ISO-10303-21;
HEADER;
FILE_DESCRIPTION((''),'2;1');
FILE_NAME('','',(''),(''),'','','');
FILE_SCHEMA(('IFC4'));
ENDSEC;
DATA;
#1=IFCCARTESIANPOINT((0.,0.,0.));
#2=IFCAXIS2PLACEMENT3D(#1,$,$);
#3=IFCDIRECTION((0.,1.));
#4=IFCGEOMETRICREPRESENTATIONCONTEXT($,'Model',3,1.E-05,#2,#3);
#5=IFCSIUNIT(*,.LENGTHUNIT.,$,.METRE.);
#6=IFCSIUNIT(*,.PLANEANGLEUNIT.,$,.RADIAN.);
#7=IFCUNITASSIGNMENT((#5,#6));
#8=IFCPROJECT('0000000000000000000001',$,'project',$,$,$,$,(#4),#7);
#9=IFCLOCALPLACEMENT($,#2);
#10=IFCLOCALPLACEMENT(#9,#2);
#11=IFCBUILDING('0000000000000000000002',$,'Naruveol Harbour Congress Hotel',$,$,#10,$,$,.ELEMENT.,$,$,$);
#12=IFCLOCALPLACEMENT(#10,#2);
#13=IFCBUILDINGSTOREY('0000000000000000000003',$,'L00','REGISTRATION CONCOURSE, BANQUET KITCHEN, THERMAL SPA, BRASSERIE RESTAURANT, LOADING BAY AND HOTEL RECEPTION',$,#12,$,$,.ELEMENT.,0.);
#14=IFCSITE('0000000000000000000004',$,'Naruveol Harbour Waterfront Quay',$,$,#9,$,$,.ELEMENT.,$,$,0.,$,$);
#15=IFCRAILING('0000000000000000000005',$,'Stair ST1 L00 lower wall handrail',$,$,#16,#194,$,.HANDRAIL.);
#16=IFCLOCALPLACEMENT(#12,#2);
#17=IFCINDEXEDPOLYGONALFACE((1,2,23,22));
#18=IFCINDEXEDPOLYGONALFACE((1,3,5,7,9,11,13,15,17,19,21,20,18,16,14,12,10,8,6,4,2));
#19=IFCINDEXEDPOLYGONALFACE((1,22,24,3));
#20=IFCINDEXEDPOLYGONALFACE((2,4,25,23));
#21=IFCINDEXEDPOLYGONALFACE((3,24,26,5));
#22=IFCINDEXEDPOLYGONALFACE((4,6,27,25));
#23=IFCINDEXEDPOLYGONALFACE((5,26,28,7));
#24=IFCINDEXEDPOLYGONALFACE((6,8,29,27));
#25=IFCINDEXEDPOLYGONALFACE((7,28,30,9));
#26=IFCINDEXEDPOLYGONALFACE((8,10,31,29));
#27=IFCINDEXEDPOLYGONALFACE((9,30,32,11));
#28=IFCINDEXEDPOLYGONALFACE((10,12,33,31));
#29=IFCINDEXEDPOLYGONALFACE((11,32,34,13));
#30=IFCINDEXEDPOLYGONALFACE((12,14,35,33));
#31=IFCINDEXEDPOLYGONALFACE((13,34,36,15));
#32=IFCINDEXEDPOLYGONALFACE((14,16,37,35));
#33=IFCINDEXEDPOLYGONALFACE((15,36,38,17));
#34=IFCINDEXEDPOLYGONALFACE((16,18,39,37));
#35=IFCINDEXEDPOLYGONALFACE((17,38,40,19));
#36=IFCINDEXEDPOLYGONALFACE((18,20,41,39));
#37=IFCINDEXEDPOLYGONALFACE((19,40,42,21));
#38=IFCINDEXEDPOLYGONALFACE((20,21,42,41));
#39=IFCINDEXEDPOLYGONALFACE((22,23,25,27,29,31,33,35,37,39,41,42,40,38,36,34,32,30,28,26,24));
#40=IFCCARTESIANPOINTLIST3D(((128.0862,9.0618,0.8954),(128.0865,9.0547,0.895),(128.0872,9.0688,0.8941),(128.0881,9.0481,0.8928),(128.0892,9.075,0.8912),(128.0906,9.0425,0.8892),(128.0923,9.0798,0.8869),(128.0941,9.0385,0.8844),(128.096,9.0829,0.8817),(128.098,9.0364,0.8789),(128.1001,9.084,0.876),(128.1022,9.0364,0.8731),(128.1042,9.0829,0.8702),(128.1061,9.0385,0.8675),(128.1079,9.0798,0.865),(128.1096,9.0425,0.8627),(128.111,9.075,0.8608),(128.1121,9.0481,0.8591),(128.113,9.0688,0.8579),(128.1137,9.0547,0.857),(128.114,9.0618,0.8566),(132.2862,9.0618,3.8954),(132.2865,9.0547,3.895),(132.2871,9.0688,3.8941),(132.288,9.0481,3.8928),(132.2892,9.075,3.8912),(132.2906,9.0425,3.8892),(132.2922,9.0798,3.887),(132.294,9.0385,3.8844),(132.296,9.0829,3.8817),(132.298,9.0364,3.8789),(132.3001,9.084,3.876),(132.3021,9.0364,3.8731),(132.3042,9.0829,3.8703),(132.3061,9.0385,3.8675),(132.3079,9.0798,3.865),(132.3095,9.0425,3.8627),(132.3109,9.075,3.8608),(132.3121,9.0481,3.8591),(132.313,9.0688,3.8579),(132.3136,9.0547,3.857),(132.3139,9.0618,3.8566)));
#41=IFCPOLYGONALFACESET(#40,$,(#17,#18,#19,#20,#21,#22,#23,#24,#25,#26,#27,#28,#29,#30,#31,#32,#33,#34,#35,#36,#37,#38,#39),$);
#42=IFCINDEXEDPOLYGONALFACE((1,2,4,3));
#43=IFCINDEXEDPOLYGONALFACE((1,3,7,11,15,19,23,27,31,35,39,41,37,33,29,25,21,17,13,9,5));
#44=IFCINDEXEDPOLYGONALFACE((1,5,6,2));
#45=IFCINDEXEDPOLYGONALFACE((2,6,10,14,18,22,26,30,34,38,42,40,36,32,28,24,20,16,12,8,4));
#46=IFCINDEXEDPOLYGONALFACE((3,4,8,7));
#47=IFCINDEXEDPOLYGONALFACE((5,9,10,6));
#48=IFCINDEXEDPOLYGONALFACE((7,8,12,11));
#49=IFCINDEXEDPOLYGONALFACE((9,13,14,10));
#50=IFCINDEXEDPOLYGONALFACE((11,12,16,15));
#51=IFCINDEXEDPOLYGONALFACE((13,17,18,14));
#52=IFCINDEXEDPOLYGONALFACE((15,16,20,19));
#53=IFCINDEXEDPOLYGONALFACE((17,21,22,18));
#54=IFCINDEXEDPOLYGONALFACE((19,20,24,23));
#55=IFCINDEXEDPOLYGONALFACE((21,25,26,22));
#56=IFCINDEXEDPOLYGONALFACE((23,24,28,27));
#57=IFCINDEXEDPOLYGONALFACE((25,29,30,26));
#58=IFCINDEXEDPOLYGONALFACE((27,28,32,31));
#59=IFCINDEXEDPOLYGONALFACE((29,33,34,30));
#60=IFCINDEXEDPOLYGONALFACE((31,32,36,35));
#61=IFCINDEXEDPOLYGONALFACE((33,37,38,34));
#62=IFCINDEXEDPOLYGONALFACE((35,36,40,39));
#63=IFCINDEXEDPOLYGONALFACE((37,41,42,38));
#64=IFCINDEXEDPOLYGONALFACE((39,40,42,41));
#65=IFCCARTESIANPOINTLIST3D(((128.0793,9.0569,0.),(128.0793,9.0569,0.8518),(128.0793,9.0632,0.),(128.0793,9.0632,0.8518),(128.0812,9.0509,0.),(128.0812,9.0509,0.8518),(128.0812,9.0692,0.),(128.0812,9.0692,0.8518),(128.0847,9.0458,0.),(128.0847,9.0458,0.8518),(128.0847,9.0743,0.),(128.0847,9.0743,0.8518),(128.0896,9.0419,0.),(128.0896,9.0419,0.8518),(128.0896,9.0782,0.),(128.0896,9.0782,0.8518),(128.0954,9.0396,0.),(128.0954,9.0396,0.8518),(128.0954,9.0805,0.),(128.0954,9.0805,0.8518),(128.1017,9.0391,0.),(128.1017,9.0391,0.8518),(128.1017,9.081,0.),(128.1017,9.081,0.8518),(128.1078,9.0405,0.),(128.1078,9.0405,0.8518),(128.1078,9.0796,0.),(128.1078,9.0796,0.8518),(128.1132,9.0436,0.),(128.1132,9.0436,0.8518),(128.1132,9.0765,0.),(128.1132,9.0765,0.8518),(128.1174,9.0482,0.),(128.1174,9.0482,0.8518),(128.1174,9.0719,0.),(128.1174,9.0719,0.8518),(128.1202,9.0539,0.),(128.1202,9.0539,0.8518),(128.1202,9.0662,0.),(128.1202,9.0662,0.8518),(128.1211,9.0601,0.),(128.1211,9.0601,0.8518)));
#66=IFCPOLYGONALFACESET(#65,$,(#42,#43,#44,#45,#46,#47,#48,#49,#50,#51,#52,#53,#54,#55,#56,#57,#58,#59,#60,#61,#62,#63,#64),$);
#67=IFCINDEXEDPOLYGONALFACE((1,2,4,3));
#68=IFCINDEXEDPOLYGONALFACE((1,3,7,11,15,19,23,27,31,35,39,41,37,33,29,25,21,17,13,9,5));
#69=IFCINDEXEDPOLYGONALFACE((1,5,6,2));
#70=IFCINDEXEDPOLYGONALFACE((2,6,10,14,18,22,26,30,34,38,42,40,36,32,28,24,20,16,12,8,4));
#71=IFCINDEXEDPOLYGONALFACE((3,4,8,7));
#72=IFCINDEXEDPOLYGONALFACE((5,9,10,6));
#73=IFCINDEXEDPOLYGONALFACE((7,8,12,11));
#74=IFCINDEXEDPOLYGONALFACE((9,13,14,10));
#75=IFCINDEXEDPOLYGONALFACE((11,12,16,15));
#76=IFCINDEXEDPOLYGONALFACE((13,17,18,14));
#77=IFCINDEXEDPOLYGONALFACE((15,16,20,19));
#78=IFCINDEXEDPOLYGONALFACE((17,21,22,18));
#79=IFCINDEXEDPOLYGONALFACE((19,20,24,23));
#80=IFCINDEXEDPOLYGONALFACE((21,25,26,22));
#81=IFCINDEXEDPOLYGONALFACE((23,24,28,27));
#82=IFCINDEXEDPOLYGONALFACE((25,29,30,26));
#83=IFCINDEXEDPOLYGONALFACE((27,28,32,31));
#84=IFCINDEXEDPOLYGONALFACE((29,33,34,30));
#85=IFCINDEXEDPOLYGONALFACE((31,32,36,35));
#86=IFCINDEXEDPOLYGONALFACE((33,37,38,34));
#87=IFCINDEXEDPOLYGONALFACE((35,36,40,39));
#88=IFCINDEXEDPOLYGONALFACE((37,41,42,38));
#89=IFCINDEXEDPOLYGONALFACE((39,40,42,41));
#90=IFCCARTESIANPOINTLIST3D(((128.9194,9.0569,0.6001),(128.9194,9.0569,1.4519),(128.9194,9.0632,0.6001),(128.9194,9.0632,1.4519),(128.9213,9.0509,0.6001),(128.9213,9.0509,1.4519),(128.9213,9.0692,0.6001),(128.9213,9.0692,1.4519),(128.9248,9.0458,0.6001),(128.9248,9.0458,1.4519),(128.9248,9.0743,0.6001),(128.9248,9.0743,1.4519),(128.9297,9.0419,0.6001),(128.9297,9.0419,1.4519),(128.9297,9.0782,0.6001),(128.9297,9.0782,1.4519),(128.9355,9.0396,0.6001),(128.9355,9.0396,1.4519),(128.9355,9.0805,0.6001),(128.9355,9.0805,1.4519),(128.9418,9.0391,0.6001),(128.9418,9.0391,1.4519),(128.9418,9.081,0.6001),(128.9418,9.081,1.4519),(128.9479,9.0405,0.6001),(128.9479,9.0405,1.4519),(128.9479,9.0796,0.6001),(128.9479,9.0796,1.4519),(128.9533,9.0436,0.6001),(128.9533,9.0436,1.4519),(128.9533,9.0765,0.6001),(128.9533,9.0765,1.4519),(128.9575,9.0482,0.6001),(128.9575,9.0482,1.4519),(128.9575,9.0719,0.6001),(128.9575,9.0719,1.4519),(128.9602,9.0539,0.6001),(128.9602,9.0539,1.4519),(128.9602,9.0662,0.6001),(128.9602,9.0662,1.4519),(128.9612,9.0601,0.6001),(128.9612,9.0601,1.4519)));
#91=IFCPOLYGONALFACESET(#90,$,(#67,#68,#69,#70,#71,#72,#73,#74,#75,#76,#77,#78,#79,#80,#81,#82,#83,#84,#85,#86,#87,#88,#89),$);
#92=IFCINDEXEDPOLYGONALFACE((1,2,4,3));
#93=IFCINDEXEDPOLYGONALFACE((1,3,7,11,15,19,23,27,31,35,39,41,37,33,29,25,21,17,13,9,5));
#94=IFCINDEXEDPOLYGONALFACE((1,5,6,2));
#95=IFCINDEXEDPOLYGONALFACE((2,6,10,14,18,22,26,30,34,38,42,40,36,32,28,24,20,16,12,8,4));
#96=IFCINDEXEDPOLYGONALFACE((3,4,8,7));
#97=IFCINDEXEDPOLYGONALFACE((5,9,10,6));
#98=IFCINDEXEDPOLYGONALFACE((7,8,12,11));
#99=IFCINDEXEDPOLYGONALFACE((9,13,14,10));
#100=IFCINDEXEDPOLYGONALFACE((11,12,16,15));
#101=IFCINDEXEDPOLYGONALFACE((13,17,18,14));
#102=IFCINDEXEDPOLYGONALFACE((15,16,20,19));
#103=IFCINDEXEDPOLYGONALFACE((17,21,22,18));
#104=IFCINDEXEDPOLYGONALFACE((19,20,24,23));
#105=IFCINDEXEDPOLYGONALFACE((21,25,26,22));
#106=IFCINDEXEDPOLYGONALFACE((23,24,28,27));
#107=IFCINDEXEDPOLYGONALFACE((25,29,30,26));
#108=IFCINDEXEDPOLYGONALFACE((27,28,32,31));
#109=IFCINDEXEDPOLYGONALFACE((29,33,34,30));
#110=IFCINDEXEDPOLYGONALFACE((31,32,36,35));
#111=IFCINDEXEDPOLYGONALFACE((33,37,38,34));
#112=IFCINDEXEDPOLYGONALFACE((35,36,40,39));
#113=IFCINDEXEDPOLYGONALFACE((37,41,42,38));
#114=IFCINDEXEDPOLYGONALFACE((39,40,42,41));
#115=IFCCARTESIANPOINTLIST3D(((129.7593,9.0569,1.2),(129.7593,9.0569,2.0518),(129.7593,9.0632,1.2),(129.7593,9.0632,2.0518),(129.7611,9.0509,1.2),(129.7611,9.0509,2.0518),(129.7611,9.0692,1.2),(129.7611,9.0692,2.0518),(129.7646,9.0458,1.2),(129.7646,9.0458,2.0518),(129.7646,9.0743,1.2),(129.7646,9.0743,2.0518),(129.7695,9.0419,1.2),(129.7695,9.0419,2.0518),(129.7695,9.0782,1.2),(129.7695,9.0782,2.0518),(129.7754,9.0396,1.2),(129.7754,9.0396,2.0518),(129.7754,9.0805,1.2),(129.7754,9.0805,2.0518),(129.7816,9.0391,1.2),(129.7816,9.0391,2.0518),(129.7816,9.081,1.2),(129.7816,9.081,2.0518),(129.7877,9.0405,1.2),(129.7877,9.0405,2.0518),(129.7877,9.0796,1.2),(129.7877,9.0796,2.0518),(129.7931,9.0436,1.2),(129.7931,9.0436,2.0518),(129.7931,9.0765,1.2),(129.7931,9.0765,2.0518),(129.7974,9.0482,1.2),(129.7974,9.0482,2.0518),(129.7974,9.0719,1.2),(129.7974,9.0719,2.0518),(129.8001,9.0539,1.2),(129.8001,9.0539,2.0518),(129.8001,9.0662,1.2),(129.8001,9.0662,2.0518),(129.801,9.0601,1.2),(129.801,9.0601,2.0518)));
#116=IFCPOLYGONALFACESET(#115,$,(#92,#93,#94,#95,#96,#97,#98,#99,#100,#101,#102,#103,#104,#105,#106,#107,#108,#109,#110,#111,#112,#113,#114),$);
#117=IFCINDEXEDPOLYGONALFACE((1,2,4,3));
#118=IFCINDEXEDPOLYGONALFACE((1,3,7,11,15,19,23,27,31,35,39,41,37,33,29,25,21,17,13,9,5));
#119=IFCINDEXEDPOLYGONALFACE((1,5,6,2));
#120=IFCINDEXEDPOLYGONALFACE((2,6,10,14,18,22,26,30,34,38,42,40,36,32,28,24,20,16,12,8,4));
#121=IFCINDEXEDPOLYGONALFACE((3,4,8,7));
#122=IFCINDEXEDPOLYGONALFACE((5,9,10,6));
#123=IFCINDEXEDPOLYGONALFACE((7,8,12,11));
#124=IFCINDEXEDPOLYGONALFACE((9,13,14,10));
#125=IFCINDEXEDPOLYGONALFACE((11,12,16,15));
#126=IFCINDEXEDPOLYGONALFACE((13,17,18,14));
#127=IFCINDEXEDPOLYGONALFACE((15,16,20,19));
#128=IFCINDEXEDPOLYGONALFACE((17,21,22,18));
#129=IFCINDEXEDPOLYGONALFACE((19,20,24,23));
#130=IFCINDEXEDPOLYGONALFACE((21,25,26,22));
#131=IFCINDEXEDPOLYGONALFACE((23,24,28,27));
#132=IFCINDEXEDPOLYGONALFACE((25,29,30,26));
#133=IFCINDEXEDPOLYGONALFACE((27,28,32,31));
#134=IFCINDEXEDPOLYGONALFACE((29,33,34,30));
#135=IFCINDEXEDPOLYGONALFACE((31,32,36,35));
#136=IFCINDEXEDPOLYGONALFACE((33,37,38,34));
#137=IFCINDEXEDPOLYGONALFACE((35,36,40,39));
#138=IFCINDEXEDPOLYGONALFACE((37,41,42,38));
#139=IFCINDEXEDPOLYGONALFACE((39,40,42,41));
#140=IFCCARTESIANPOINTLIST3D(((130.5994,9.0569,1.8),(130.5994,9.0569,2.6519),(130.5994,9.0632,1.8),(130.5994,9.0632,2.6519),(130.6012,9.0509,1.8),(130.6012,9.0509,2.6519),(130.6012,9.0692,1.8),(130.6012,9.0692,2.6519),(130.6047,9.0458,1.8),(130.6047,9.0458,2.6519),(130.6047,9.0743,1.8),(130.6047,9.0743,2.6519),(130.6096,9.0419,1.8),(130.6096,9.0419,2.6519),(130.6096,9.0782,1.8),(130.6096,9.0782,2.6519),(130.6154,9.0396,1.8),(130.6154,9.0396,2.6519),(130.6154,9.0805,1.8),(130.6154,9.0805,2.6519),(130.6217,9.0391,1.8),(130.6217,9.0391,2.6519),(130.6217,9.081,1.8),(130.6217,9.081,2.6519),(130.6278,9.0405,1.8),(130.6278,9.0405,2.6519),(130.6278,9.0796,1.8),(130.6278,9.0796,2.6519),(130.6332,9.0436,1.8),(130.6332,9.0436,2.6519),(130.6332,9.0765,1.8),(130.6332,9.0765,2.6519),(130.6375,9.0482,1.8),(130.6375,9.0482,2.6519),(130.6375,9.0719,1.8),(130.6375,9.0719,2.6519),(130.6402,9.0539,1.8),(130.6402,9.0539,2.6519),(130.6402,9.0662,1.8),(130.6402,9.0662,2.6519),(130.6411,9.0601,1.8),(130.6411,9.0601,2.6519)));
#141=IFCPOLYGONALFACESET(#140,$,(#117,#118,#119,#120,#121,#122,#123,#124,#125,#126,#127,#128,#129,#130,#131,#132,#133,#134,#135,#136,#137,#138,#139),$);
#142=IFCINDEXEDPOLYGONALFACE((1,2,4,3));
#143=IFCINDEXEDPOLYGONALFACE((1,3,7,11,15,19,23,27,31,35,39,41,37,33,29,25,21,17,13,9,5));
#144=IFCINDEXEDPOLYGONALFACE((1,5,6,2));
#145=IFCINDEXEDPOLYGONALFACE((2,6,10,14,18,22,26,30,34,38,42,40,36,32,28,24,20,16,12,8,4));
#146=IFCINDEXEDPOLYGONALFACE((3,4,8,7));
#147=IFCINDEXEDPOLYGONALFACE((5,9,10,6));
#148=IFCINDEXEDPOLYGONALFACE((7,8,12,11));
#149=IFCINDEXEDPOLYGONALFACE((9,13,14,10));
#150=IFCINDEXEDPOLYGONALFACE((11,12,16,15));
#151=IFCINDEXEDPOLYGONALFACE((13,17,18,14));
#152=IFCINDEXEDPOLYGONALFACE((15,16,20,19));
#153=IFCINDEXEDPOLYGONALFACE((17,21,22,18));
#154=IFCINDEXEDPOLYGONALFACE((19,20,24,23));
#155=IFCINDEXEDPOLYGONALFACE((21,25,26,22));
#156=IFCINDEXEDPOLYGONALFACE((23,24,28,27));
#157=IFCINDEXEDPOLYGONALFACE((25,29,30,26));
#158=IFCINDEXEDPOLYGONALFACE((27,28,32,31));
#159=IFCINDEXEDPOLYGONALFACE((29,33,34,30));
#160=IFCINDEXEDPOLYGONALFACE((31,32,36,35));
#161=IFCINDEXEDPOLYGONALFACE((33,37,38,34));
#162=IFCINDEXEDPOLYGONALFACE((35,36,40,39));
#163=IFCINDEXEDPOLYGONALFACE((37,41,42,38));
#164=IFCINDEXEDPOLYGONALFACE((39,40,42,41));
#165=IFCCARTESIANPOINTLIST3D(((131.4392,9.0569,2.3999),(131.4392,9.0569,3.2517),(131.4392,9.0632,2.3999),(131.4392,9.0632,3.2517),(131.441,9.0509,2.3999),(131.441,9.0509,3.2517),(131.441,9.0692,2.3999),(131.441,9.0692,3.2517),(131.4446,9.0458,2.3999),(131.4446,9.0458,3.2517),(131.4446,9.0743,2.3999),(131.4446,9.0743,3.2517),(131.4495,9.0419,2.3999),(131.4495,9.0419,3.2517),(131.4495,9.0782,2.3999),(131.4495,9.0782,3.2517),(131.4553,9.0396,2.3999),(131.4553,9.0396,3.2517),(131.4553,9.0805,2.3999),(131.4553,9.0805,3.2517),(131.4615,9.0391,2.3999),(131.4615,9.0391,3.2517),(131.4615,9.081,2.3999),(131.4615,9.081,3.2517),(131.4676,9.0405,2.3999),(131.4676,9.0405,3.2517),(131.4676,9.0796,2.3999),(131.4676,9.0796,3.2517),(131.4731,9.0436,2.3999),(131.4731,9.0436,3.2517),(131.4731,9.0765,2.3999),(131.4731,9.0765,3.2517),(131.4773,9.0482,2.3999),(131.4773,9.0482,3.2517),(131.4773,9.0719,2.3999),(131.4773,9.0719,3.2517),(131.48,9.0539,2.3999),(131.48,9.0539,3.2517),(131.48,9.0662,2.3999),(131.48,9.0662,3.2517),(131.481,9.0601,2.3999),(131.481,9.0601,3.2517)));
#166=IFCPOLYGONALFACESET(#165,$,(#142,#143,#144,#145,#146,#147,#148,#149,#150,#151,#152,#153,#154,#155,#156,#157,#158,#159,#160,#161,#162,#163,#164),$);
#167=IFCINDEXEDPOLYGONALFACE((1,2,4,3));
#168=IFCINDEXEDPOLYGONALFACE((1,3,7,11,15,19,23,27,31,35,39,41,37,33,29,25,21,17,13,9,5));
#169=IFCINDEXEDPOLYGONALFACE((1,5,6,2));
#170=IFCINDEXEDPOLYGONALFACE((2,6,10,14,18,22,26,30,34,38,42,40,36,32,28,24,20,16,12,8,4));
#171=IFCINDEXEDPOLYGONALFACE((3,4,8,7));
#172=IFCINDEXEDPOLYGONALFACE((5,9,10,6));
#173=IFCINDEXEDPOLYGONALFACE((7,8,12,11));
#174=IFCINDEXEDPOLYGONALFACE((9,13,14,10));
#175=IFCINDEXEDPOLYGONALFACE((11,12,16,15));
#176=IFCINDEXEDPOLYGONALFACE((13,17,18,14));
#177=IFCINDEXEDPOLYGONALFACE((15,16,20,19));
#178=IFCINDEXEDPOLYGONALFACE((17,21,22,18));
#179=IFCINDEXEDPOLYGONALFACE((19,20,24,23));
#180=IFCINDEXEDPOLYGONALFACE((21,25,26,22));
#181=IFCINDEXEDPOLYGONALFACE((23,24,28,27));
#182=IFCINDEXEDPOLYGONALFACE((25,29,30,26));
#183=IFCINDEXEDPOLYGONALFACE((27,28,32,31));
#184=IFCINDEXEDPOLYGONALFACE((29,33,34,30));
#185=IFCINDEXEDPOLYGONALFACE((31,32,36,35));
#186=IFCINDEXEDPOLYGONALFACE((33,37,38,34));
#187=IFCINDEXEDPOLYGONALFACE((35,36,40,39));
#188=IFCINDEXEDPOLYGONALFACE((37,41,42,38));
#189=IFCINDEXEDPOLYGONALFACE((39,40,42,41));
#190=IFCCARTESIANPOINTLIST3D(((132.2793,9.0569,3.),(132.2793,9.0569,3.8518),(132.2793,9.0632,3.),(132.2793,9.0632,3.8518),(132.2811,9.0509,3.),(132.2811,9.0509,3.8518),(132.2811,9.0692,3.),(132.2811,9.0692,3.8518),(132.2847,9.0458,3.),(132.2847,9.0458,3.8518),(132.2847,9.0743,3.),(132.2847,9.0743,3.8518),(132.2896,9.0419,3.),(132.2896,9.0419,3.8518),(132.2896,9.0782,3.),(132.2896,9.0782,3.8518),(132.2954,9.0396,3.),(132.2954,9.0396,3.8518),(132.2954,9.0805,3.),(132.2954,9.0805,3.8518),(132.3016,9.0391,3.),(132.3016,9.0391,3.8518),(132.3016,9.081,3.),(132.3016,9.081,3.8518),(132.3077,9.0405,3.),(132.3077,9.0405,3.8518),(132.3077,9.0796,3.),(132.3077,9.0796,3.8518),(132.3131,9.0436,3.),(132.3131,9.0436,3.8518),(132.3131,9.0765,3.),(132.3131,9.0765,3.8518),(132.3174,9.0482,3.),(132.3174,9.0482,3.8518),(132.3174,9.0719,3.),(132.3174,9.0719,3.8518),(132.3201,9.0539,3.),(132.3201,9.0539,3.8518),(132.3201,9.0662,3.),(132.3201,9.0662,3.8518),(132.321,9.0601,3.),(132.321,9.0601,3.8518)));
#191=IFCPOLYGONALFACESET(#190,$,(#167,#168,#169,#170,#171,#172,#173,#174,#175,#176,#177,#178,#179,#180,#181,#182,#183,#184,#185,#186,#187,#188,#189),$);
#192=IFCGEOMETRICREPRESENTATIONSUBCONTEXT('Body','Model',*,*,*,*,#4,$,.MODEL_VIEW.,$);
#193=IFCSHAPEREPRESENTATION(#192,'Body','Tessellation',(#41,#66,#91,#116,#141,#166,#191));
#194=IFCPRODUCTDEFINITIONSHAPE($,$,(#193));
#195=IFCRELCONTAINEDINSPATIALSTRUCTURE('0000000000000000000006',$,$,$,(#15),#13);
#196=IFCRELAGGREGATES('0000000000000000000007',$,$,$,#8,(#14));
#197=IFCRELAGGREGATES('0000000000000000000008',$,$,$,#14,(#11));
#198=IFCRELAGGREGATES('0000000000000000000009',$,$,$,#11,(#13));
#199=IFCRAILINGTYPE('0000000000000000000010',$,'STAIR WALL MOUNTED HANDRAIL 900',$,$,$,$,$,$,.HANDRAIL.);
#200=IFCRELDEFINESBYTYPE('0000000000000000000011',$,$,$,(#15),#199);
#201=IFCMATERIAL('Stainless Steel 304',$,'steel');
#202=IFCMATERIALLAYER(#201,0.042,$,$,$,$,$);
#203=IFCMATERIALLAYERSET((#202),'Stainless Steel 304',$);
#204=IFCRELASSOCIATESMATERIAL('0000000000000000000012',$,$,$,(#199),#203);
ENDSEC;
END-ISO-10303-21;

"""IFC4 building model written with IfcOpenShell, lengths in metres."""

from ifc_helpers import new_model, si_unit, direction, frame, origin, origin_2d, place, context, subcontext, project, spatial, circle, extrude, material, layer, layer_set, type_object, element, save


model = new_model("IFC4")

# Units and contexts
model_context = context("Model", 3, precision=1e-05, world=origin(), true_north=direction((0.0, 1.0)))
body_context = subcontext(model_context, "Body", "Model", "MODEL_VIEW")
ifc_project = project(units=[si_unit("LENGTHUNIT", "METRE"), si_unit("PLANEANGLEUNIT", "RADIAN")], contexts=[model_context])

# Site, building, storey
site_placement = place(None, origin())
site = spatial("IfcSite", under=ifc_project, at=site_placement, Name="Naruveol Harbour Waterfront Quay", CompositionType="ELEMENT", RefElevation=0.0)
building_placement = place(site_placement, origin())
building = spatial("IfcBuilding", under=site, at=building_placement, Name="Naruveol Harbour Congress Hotel", CompositionType="ELEMENT")
storey_placement = place(building_placement, origin())
storey = spatial("IfcBuildingStorey", under=building, at=storey_placement, Name="L00", Description="REGISTRATION CONCOURSE, BANQUET KITCHEN, THERMAL SPA, BRASSERIE RESTAURANT, LOADING BAY AND HOTEL RECEPTION", CompositionType="ELEMENT", Elevation=0.0)

# Railing
ifc_material_1 = material(Name="Stainless Steel 304", Category="steel")
ifc_layer_1 = layer(ifc_material_1, 0.042)
ifc_layer_set_1 = layer_set([ifc_layer_1], Name="Stainless Steel 304")
railing_type_1 = type_object("IfcRailingType", Name="STAIR WALL MOUNTED HANDRAIL 900", PredefinedType="HANDRAIL", material=ifc_layer_set_1)
railing_1_placement = place(storey_placement, frame((128.1001, 9.0601, 0.0)))
element("IfcRailing", 1, at=railing_1_placement, inside=storey, type_object=railing_type_1, Name="Stair ST1 L00 lower wall handrail", PredefinedType="HANDRAIL", context=body_context, shape_type="SweptSolid", body=[
    extrude(circle(Radius=0.0239, at=origin_2d()), frame((0.0, 0.0, 0.876), z_axis=(0.81373, 0.0, 0.581243), x_axis=(0.0, 1.0, 0.0)), (0.0, 0.0, 1.0), 5.1614),
    extrude(circle(Radius=0.021, at=origin_2d()), origin(), (0.0, 0.0, 1.0), 0.8518),
    extrude(circle(Radius=0.021, at=origin_2d()), frame((0.8401, 0.0, 0.6001)), (0.0, 0.0, 1.0), 0.8518),
    extrude(circle(Radius=0.021, at=origin_2d()), frame((1.6799, 0.0, 1.2)), (0.0, 0.0, 1.0), 0.8518),
    extrude(circle(Radius=0.021, at=origin_2d()), frame((2.52, 0.0, 1.8)), (0.0, 0.0, 1.0), 0.8518),
    extrude(circle(Radius=0.021, at=origin_2d()), frame((3.3599, 0.0, 2.3999)), (0.0, 0.0, 1.0), 0.8518),
    extrude(circle(Radius=0.021, at=origin_2d()), frame((4.2, 0.0, 3.0)), (0.0, 0.0, 1.0), 0.8518),
])

save(model, "model.ifc")
